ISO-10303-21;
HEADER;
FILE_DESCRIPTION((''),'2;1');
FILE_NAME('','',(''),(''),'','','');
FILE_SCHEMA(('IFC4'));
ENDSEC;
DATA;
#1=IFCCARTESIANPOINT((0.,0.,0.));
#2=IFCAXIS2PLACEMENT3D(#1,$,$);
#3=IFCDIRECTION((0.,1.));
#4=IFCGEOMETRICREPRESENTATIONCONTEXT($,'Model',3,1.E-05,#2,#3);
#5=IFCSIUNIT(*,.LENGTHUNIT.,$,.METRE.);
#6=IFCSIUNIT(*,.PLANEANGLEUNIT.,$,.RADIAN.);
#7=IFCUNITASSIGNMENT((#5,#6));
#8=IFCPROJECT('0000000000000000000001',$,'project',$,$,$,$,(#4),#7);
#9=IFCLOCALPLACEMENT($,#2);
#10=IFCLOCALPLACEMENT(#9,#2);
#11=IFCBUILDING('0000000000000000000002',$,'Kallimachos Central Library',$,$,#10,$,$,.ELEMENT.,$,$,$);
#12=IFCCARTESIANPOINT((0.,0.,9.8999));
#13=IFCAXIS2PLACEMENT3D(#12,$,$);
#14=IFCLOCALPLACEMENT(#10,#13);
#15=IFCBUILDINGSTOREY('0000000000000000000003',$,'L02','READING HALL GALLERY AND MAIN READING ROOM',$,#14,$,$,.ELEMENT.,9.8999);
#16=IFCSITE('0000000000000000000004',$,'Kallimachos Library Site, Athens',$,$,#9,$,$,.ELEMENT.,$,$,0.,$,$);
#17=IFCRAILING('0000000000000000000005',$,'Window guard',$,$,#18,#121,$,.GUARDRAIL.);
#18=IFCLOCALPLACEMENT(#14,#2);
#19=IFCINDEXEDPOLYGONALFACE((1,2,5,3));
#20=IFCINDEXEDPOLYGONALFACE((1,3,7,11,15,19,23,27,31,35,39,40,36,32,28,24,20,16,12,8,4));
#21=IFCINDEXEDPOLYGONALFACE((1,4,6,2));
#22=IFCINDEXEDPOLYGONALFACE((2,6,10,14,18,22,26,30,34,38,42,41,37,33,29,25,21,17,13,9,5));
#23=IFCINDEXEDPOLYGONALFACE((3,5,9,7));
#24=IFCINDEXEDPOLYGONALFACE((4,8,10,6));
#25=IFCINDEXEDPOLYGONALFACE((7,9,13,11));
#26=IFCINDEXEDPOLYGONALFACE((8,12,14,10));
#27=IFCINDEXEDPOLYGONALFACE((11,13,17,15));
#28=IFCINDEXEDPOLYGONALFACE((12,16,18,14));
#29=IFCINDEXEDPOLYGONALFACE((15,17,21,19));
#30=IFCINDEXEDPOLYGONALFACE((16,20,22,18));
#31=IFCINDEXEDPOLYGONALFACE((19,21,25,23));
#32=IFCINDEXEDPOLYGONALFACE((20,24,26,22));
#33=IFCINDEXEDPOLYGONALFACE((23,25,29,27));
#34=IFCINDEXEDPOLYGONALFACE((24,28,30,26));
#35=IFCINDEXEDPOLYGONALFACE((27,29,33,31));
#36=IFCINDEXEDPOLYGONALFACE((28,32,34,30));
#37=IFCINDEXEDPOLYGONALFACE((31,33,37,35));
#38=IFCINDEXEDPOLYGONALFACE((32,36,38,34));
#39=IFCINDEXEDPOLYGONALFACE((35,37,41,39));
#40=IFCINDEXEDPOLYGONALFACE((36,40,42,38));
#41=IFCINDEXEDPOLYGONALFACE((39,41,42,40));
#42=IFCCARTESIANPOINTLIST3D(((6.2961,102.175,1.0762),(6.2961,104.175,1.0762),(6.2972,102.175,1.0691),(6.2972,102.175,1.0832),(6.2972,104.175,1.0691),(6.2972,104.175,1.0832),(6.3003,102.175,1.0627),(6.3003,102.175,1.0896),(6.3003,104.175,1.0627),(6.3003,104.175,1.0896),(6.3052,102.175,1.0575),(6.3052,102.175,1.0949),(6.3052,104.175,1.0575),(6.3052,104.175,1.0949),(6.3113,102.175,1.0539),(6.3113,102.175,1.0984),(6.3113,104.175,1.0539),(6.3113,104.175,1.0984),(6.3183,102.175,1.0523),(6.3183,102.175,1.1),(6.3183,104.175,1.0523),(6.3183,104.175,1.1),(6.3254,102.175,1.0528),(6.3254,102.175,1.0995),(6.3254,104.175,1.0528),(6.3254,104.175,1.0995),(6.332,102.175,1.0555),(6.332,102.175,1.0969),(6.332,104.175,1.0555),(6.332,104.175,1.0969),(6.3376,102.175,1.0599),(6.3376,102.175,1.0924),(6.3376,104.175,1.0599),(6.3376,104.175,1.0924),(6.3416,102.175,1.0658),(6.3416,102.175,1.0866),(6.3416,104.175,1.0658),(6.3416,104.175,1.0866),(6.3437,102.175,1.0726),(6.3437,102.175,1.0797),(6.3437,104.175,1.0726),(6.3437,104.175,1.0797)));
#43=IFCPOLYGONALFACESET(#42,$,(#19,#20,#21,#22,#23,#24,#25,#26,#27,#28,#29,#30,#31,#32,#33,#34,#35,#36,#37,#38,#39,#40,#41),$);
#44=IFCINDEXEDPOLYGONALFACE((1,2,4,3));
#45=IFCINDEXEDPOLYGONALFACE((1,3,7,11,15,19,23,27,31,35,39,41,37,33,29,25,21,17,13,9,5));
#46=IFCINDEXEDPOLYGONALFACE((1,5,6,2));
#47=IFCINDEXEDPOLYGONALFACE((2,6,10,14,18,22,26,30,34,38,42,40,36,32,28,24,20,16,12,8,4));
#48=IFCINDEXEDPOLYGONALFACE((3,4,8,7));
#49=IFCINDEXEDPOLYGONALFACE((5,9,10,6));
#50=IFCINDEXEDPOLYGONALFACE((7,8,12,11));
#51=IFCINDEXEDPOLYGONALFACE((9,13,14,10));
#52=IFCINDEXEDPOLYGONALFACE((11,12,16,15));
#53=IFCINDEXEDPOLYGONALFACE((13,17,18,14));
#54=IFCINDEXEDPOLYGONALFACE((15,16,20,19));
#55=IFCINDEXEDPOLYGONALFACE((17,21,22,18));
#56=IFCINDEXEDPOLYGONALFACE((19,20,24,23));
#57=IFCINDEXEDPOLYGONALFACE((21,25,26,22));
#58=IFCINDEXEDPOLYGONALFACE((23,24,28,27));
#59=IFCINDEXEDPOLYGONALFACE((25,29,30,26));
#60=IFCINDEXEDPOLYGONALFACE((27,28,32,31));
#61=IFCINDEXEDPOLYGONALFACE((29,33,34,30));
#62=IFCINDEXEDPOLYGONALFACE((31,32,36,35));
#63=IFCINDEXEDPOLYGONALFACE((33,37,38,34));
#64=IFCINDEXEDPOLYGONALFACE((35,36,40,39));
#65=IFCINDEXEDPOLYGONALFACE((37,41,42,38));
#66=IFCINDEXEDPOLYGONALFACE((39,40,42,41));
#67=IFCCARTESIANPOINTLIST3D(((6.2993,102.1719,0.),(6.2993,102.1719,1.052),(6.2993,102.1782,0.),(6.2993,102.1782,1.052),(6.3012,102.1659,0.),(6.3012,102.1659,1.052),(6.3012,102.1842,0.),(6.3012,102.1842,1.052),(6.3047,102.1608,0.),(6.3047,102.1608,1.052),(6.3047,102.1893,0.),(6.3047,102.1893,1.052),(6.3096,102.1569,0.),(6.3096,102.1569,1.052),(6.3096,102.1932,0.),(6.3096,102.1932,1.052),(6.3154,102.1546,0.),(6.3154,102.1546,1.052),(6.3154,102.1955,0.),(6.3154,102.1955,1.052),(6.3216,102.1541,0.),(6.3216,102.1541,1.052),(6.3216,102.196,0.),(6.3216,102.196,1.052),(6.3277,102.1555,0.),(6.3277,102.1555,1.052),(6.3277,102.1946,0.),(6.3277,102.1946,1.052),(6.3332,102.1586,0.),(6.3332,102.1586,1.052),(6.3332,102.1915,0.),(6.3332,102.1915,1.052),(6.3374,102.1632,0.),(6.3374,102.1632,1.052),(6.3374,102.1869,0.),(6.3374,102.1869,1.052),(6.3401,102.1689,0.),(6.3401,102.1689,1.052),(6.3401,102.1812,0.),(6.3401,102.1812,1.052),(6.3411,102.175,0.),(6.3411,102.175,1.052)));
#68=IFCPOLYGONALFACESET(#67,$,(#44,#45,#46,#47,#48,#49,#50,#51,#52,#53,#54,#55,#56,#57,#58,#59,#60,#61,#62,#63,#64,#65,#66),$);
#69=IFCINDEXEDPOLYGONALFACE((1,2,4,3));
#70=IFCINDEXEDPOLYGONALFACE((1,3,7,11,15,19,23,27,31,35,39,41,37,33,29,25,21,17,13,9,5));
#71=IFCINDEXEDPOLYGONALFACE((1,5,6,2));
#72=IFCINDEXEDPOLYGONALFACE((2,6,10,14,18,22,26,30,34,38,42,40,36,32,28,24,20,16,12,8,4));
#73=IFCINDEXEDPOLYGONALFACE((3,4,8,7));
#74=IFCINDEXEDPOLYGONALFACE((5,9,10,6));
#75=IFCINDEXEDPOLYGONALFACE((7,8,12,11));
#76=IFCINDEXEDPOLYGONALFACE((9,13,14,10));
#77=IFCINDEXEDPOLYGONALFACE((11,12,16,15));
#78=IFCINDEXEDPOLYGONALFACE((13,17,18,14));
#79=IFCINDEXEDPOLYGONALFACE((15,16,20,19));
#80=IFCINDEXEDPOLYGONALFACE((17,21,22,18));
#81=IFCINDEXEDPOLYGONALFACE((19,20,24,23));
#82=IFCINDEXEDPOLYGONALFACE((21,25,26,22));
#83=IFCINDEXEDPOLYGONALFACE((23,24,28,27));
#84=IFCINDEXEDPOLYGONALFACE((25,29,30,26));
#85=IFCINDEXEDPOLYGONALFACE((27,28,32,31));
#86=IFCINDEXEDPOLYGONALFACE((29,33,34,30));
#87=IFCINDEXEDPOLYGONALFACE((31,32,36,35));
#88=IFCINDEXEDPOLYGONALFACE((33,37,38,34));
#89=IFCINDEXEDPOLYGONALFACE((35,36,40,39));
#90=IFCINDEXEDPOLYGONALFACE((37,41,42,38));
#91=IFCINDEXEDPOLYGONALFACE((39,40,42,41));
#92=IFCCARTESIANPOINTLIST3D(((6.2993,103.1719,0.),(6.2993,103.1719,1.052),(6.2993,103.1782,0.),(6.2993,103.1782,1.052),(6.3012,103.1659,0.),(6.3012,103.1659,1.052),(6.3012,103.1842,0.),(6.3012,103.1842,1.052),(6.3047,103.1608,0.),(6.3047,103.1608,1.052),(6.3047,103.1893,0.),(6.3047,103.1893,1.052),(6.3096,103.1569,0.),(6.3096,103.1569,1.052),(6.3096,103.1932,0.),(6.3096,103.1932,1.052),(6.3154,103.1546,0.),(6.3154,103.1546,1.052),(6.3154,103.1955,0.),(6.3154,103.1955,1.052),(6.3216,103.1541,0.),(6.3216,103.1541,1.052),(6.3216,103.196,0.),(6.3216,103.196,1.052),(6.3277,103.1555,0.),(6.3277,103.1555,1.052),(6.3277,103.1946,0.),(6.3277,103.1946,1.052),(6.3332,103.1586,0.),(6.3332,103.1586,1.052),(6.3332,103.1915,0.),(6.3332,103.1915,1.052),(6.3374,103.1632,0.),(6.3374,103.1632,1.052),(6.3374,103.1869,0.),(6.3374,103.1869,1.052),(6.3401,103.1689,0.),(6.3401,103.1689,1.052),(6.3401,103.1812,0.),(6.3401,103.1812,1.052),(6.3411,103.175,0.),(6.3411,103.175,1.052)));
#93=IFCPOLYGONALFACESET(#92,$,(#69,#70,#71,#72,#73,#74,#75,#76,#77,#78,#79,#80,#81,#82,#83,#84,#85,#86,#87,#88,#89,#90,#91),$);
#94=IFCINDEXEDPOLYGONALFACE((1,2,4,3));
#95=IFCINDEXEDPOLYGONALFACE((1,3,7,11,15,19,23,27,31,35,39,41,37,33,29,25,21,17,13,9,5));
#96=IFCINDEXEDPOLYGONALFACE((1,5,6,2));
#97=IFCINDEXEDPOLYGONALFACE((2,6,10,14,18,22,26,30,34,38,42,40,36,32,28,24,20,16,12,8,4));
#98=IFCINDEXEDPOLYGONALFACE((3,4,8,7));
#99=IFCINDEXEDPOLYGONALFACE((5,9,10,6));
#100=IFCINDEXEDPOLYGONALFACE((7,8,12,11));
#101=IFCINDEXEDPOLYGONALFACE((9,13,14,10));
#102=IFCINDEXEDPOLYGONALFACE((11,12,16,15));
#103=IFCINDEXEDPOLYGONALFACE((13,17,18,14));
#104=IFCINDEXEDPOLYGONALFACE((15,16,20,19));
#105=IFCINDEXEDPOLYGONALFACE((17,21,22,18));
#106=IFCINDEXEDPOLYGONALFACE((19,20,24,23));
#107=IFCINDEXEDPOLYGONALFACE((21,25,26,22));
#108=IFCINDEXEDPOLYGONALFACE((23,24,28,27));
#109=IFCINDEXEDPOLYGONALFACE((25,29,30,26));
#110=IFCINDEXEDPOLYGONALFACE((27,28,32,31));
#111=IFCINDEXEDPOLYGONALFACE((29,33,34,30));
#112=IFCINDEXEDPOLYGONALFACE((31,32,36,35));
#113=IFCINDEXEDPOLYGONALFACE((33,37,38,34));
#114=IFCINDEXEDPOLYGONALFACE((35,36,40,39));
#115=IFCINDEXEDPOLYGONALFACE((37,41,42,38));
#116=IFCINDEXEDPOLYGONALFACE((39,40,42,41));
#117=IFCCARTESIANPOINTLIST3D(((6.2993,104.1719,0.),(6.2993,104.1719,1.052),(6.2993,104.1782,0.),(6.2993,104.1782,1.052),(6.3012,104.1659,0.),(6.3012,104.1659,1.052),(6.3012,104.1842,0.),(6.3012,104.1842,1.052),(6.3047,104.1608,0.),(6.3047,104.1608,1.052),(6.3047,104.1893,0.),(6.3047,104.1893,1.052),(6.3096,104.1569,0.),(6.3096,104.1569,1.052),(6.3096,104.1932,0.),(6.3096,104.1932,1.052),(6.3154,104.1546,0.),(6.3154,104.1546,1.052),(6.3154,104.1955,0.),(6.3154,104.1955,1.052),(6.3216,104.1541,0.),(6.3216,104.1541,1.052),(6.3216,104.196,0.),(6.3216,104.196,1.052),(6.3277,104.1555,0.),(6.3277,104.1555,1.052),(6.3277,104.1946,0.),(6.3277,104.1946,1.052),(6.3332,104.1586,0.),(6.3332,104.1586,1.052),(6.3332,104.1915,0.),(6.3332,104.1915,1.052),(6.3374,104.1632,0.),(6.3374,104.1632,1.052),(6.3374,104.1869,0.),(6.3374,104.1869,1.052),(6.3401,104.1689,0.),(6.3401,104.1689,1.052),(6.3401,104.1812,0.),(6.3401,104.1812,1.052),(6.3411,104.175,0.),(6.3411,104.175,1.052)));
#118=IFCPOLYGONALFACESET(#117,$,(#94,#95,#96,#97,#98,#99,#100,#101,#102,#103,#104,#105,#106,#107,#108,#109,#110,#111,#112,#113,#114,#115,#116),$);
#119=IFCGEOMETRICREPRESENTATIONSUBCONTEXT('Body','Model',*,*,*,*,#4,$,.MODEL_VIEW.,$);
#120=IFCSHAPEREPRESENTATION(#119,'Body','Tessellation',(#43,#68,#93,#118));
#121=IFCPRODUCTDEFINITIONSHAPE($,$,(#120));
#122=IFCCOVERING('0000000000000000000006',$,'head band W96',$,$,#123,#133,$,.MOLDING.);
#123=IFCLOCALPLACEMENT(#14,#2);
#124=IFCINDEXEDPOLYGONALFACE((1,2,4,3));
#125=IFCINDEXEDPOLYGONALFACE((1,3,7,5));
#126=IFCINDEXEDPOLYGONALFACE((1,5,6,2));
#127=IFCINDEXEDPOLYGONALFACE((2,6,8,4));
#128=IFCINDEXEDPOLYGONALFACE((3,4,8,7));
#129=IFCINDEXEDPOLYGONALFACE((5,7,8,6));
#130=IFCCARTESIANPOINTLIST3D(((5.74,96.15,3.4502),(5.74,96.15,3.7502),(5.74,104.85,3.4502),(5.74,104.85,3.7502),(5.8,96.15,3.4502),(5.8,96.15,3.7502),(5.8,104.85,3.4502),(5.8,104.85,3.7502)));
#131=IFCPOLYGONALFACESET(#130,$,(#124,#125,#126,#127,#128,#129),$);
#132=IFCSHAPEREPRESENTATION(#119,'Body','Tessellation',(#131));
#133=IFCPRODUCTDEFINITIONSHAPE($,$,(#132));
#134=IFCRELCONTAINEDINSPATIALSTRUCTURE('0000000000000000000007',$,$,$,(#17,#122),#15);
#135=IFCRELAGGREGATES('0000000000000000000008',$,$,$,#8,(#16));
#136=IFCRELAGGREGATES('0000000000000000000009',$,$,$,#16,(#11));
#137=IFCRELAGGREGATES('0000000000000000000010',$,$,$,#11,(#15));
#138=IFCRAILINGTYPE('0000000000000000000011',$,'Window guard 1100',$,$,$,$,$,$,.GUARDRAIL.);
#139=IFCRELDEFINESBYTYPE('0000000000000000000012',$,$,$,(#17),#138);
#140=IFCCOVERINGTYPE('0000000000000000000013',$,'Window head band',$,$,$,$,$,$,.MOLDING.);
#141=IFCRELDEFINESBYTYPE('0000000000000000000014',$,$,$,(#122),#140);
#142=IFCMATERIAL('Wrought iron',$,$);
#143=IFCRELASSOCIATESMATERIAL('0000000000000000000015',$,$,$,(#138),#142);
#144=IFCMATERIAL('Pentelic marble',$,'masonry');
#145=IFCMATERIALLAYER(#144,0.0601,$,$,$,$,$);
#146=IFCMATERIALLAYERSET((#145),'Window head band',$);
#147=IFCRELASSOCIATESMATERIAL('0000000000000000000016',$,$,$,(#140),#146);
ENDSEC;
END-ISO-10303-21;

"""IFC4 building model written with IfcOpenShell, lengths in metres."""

from ifc_helpers import new_model, si_unit, direction, frame, origin, origin_2d, place, context, subcontext, project, spatial, rectangle, circle, extrude, material, layer, layer_set, type_object, element, save


model = new_model("IFC4")

# Units and contexts
model_context = context("Model", 3, precision=1e-05, world=origin(), true_north=direction((0.0, 1.0)))
body_context = subcontext(model_context, "Body", "Model", "MODEL_VIEW")
ifc_project = project(units=[si_unit("LENGTHUNIT", "METRE"), si_unit("PLANEANGLEUNIT", "RADIAN")], contexts=[model_context])

# Site, building, storey
site_placement = place(None, origin())
site = spatial("IfcSite", under=ifc_project, at=site_placement, Name="Kallimachos Library Site, Athens", CompositionType="ELEMENT", RefElevation=0.0)
building_placement = place(site_placement, origin())
building = spatial("IfcBuilding", under=site, at=building_placement, Name="Kallimachos Central Library", CompositionType="ELEMENT")
storey_placement = place(building_placement, frame((0.0, 0.0, 9.8999)))
storey = spatial("IfcBuildingStorey", under=building, at=storey_placement, Name="L02", Description="READING HALL GALLERY AND MAIN READING ROOM", CompositionType="ELEMENT", Elevation=9.8999)

# Railing
ifc_material_1 = material(Name="Wrought iron")
railing_type = type_object("IfcRailingType", Name="Window guard 1100", PredefinedType="GUARDRAIL", material=ifc_material_1)
for number, where, name in (
    (1, (6.3201, 102.175, 0.0), "Window guard"),
):
    element("IfcRailing", number, at=place(storey_placement, frame(where)), inside=storey, type_object=railing_type, Name=name, PredefinedType="GUARDRAIL", context=body_context, shape_type="SweptSolid", body=[
        extrude(circle(Radius=0.0239, at=origin_2d()), frame((0.0, 0.0, 1.0762), z_axis=(0.0, 1.0, 0.0), x_axis=(-1.0, 0.0, 0.0)), (0.0, 0.0, 1.0), 2.0),
        extrude(circle(Radius=0.021, at=origin_2d()), origin(), (0.0, 0.0, 1.0), 1.052),
        extrude(circle(Radius=0.021, at=origin_2d()), frame((0.0, 1.0, 0.0)), (0.0, 0.0, 1.0), 1.052),
        extrude(circle(Radius=0.021, at=origin_2d()), frame((0.0, 2.0, 0.0)), (0.0, 0.0, 1.0), 1.052),
    ])

# Covering
ifc_material_2 = material(Name="Pentelic marble", Category="masonry")
ifc_layer_1 = layer(ifc_material_2, 0.0601)
ifc_layer_set_1 = layer_set([ifc_layer_1], Name="Window head band")
covering_type_1 = type_object("IfcCoveringType", Name="Window head band", PredefinedType="MOLDING", material=ifc_layer_set_1)
covering_1_placement = place(storey_placement, frame((5.77, 100.5, 3.4502), z_axis=(0.0, 0.0, 1.0), x_axis=(1.0, 0.0, 0.0)))
element("IfcCovering", 2, at=covering_1_placement, inside=storey, type_object=covering_type_1, Name="head band W96", PredefinedType="MOLDING", context=body_context, shape_type="SweptSolid", body=[
    extrude(rectangle(XDim=0.0601, YDim=8.7, at=origin_2d()), origin(), (0.0, 0.0, 1.0), 0.3),
])

save(model, "model.ifc")
